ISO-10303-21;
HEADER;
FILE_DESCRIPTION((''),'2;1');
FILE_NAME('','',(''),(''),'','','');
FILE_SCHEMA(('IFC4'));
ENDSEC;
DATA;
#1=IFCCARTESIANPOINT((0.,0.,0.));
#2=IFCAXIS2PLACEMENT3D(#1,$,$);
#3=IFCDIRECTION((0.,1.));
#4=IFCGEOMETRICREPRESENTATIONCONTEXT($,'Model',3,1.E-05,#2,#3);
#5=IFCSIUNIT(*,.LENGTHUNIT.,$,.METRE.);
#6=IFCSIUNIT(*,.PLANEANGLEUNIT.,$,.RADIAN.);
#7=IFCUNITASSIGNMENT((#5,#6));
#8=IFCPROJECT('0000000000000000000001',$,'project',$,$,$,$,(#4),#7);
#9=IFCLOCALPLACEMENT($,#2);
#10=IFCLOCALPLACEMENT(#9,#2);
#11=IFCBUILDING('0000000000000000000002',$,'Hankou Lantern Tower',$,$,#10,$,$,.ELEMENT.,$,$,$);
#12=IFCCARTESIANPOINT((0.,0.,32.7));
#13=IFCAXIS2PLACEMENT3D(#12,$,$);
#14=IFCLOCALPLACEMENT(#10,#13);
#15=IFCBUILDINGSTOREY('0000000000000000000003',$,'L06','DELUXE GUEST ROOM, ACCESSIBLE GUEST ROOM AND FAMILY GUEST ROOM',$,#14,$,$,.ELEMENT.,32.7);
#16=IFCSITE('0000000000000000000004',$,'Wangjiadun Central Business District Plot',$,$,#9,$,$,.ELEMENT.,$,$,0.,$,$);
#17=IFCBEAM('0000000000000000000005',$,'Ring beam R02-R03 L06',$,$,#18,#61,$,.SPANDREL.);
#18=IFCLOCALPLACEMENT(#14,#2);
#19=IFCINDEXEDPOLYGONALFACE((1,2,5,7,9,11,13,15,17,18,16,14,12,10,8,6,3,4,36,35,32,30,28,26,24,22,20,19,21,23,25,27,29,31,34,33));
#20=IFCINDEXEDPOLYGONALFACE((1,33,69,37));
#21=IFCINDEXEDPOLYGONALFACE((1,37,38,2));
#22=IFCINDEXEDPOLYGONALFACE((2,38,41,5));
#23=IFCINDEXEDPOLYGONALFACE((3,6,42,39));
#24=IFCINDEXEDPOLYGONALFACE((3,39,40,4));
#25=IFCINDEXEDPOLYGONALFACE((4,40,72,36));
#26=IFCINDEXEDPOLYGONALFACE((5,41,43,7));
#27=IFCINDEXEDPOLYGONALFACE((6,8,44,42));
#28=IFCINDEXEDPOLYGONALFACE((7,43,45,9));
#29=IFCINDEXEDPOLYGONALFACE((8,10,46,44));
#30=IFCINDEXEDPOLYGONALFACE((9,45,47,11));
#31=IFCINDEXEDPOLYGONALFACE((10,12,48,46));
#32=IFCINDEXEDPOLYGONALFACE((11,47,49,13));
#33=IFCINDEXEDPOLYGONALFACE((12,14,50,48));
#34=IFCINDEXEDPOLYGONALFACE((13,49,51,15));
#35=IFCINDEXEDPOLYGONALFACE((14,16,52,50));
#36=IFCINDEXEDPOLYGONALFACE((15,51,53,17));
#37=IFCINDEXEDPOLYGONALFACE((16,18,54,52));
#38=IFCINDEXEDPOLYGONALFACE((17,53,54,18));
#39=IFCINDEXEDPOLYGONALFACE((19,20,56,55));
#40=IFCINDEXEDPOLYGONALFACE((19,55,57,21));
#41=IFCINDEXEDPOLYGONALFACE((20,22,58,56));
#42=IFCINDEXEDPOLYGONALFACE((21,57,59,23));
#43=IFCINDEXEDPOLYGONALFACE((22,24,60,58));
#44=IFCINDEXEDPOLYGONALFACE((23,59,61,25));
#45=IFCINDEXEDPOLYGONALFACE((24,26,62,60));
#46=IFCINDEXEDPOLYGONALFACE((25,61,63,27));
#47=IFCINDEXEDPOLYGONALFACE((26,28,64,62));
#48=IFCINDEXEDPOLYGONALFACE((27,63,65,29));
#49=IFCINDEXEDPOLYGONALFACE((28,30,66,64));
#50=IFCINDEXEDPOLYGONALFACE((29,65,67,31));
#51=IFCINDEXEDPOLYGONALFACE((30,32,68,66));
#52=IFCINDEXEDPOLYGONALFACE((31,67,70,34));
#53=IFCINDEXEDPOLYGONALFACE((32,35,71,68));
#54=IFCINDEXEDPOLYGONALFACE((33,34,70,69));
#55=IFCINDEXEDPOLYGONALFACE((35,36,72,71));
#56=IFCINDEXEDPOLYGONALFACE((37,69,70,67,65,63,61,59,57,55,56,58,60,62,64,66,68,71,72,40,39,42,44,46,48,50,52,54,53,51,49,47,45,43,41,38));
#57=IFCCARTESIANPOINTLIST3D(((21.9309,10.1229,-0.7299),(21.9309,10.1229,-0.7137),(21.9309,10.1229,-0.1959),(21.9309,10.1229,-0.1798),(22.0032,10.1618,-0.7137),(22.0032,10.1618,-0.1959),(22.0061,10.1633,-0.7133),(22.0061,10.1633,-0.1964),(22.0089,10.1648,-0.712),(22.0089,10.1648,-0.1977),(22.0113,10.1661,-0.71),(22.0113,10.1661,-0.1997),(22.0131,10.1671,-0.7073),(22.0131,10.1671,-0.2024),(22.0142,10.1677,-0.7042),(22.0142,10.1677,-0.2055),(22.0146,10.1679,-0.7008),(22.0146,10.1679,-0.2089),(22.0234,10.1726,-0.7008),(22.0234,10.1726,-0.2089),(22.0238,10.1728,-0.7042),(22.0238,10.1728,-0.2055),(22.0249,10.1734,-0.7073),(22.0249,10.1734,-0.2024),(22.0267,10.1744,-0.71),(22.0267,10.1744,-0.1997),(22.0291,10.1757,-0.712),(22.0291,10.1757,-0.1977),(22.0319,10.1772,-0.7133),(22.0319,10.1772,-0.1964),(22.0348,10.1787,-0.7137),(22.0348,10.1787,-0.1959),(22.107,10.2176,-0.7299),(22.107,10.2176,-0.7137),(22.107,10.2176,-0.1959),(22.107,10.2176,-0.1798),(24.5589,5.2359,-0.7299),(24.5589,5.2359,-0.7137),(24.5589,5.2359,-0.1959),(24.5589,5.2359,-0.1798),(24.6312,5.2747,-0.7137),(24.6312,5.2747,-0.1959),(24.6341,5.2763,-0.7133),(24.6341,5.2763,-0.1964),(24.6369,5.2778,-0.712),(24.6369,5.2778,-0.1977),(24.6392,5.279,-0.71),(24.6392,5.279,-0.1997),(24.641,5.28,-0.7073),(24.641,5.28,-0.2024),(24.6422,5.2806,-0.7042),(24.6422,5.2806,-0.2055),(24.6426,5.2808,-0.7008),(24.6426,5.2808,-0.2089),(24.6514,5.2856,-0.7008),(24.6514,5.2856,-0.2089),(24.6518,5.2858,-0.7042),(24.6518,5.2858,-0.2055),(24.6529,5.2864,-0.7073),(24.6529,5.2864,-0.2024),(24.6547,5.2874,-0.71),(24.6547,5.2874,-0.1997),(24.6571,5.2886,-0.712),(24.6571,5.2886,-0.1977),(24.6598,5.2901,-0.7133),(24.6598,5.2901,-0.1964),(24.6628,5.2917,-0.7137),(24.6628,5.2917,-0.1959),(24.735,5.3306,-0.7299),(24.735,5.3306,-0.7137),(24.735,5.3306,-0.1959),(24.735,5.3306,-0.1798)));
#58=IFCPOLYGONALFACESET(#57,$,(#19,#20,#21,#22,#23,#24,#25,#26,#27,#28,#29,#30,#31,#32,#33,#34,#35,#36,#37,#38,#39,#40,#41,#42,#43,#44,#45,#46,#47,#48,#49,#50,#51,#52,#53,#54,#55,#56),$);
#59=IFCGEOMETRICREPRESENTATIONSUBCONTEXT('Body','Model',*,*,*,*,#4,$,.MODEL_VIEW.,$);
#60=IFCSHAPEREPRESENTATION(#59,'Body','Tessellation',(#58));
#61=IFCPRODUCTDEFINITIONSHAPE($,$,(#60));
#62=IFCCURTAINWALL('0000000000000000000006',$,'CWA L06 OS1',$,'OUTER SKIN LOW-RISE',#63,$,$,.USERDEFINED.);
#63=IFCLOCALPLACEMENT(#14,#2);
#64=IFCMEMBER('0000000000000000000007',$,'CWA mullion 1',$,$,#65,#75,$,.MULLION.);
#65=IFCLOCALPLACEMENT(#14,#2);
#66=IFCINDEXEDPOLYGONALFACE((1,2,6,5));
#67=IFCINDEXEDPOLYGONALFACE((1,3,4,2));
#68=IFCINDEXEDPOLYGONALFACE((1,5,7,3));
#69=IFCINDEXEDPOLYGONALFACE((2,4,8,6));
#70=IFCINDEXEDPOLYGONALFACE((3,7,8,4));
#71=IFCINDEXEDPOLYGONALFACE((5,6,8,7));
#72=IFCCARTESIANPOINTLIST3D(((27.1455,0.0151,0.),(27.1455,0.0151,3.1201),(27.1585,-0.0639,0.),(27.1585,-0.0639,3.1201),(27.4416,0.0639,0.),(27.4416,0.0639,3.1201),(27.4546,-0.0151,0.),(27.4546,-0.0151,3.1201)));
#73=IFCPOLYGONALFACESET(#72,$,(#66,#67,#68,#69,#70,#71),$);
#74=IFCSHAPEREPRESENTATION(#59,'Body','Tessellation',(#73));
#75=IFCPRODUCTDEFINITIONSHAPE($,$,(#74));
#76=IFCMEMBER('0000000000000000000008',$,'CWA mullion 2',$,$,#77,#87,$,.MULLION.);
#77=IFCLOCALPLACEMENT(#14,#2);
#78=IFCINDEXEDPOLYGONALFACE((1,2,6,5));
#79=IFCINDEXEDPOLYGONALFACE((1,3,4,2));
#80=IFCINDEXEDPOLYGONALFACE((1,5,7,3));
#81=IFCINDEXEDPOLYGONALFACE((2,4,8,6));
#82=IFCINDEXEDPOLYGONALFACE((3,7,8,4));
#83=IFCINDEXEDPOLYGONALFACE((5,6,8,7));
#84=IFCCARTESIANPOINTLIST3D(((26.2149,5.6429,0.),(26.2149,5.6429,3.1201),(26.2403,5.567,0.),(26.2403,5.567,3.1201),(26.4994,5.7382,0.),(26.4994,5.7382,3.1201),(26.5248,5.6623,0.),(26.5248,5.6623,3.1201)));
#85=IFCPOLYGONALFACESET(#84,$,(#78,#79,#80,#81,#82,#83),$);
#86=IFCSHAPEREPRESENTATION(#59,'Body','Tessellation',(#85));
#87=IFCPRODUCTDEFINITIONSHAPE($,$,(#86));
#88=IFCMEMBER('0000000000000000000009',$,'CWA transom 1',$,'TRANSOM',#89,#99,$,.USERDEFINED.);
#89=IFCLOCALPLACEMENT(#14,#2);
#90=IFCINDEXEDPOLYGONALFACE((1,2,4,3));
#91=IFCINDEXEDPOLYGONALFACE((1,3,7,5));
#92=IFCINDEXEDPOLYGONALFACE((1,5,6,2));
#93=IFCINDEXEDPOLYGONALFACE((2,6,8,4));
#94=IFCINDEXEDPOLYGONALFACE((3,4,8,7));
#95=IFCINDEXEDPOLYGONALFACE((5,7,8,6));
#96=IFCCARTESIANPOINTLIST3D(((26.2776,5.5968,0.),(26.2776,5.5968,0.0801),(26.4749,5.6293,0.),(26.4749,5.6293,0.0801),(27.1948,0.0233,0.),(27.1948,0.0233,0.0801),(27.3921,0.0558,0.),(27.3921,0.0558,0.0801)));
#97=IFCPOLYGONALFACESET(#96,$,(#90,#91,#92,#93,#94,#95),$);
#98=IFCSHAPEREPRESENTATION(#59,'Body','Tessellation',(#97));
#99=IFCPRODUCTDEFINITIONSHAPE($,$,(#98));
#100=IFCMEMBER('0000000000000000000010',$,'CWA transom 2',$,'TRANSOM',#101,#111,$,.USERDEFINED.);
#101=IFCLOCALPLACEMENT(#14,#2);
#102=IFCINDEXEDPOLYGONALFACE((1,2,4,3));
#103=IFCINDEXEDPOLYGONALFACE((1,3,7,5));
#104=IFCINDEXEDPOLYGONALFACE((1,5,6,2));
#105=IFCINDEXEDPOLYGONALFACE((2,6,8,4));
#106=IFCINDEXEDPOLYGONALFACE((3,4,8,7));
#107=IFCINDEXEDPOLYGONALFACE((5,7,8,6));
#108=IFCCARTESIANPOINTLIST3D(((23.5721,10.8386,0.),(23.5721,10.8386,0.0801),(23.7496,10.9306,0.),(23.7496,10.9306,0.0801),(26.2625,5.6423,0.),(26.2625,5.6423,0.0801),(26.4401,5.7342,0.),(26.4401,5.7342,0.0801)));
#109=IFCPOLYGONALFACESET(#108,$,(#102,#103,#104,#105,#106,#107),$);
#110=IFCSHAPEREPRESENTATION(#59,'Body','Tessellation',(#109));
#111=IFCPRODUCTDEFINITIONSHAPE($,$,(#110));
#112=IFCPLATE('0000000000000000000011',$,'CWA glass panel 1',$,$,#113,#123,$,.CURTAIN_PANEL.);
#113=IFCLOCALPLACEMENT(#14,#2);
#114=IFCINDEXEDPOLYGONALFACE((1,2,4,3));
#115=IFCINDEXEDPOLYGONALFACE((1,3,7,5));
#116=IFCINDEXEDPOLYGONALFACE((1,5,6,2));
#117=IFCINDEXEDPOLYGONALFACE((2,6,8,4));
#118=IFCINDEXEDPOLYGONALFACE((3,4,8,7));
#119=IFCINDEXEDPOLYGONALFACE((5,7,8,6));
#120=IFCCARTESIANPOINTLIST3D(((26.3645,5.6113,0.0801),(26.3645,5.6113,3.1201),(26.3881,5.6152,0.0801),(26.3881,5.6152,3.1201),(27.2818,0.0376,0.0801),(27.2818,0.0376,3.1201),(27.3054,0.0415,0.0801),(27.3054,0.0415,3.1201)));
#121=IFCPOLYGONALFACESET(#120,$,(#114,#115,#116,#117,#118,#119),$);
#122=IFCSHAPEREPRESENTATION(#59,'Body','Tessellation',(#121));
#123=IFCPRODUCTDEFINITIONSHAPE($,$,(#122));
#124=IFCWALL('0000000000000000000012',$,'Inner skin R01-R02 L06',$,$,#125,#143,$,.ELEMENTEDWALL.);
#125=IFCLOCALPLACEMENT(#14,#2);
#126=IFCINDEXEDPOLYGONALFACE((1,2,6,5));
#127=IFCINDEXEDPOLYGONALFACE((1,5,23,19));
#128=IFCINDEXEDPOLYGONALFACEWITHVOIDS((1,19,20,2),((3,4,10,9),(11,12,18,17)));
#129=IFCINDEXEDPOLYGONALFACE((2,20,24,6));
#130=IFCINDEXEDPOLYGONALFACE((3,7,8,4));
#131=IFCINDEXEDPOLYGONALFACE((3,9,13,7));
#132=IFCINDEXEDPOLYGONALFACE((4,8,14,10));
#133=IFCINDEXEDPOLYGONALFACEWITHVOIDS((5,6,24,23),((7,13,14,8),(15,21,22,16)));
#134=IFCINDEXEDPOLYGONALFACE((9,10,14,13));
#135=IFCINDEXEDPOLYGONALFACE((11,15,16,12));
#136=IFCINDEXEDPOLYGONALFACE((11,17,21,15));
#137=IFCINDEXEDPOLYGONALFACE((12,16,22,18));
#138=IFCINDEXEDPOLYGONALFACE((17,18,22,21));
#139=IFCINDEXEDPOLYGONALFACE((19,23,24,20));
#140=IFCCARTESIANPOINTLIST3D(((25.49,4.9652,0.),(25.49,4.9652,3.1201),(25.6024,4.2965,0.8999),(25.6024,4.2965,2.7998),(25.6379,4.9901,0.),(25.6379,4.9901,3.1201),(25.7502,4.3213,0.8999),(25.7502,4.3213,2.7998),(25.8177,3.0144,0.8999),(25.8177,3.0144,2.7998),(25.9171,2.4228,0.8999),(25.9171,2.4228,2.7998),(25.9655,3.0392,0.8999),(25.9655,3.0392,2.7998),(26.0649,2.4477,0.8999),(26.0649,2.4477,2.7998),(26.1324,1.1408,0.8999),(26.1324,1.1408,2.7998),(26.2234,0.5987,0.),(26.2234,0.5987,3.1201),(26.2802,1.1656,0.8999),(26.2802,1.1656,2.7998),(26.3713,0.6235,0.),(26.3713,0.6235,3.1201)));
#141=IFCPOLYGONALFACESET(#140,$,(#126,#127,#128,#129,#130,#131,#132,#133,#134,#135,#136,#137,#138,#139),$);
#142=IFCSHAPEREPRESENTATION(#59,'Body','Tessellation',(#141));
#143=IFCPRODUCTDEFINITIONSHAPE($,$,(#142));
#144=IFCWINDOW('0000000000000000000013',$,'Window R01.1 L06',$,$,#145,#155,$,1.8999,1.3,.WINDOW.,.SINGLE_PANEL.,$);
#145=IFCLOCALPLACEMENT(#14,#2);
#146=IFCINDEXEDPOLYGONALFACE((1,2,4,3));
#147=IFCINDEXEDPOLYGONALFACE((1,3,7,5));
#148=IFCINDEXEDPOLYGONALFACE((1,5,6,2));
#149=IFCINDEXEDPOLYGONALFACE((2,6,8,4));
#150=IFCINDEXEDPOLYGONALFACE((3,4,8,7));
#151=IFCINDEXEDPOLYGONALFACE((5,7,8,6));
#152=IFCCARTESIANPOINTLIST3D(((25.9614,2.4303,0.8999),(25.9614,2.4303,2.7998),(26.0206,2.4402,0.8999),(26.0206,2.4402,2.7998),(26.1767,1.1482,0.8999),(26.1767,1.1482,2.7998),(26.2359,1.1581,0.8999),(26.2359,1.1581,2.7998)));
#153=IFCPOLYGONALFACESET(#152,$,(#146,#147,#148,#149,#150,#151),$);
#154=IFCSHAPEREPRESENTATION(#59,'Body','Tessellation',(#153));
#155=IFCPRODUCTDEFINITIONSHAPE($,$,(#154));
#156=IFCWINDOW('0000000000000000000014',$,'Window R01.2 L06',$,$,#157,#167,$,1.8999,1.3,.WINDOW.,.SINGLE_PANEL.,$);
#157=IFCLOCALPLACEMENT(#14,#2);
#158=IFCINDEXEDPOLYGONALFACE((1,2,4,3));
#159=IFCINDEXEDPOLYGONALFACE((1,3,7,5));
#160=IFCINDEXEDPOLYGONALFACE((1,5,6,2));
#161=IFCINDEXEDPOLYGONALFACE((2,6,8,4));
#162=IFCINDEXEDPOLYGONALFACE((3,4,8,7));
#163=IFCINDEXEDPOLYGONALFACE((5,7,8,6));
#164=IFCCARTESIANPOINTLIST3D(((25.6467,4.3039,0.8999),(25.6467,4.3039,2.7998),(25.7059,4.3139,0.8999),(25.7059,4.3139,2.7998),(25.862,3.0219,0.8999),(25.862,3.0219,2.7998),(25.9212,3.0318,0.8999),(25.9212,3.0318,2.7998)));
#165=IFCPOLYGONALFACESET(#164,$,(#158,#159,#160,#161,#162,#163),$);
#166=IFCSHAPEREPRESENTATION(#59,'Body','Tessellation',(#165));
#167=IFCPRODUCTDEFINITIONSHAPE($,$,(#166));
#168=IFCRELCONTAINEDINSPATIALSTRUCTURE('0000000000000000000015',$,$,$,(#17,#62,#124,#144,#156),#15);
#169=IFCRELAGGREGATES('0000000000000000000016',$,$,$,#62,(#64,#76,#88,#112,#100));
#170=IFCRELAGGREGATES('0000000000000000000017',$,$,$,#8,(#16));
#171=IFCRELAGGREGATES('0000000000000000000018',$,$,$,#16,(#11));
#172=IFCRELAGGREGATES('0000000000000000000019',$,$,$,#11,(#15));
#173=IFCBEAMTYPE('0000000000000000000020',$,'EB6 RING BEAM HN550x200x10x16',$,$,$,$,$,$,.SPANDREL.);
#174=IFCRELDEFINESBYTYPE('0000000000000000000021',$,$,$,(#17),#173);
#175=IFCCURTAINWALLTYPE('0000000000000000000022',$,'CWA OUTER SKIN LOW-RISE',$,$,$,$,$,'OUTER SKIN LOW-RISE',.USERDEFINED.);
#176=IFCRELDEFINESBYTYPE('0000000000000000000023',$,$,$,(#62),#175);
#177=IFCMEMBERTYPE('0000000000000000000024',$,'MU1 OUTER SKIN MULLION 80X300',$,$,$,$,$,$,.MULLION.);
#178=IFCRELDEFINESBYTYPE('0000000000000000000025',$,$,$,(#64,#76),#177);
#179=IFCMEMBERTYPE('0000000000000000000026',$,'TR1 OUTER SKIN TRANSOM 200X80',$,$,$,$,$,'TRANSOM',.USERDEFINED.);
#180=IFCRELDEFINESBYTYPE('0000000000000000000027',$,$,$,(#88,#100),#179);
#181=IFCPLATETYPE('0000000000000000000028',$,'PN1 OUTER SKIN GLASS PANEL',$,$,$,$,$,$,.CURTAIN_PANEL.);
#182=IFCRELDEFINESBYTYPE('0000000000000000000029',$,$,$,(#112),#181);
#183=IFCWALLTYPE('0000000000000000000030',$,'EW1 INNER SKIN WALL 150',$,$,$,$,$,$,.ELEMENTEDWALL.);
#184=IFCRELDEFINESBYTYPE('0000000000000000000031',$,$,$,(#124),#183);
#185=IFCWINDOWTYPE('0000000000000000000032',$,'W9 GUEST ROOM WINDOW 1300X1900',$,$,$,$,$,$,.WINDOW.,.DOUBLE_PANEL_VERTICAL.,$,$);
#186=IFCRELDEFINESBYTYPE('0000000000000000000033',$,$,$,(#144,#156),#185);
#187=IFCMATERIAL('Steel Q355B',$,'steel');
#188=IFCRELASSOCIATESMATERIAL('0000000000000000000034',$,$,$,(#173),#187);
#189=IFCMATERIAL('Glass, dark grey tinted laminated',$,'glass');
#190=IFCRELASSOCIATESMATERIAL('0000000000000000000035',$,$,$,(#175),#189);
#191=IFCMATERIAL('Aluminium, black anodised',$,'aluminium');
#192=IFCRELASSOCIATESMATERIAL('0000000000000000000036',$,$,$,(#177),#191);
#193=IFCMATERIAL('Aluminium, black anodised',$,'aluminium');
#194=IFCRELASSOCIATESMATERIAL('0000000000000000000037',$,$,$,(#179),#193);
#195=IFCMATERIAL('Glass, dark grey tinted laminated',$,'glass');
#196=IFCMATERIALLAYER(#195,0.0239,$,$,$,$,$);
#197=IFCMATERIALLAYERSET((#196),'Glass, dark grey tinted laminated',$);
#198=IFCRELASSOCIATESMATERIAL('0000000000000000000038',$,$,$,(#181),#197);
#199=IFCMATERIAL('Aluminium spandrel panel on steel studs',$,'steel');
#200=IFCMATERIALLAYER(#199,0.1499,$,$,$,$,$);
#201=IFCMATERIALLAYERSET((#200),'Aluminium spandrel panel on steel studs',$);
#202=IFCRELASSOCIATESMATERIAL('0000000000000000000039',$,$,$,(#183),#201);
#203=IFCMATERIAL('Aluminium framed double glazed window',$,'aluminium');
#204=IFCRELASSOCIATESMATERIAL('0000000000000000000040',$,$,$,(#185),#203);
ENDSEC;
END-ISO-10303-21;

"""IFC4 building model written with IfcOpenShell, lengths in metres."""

from ifc_helpers import new_model, si_unit, direction, frame, frame_2d, origin, origin_2d, place, context, subcontext, project, spatial, rectangle, i_section, extrude, material, layer, layer_set, material_profile, profile_set, type_object, element, fill, aggregate, save


model = new_model("IFC4")

# Units and contexts
model_context = context("Model", 3, precision=1e-05, world=origin(), true_north=direction((0.0, 1.0)))
body_context = subcontext(model_context, "Body", "Model", "MODEL_VIEW")
ifc_project = project(units=[si_unit("LENGTHUNIT", "METRE"), si_unit("PLANEANGLEUNIT", "RADIAN")], contexts=[model_context])

# Site, building, storey
site_placement = place(None, origin())
site = spatial("IfcSite", under=ifc_project, at=site_placement, Name="Wangjiadun Central Business District Plot", CompositionType="ELEMENT", RefElevation=0.0)
building_placement = place(site_placement, origin())
building = spatial("IfcBuilding", under=site, at=building_placement, Name="Hankou Lantern Tower", CompositionType="ELEMENT")
storey_placement = place(building_placement, frame((0.0, 0.0, 32.7)))
storey = spatial("IfcBuildingStorey", under=building, at=storey_placement, Name="L06", Description="DELUXE GUEST ROOM, ACCESSIBLE GUEST ROOM AND FAMILY GUEST ROOM", CompositionType="ELEMENT", Elevation=32.7)

# Beam
ifc_material_1 = material(Name="Steel Q355B", Category="steel")
ifc_material_profile_1 = material_profile(ifc_material_1, i_section(OverallWidth=0.2, OverallDepth=0.55, WebThickness=0.01, FlangeThickness=0.0161, FilletRadius=0.0129, at=origin_2d()), Name="HN550x200x10x16")
ifc_profile_set_1 = profile_set([ifc_material_profile_1], Name="Steel Q355B")
beam_type = type_object("IfcBeamType", Name="EB6 RING BEAM HN550x200x10x16", PredefinedType="SPANDREL", material=ifc_profile_set_1)
beam_1_placement = place(storey_placement, frame((24.647, 5.2832, -0.4548), z_axis=(-0.473609, 0.880735, 0.0), x_axis=(-0.880735, -0.473609, 0.0)))
element("IfcBeam", 1, at=beam_1_placement, inside=storey, type_object=beam_type, Name="Ring beam R02-R03 L06", PredefinedType="SPANDREL", context=body_context, shape_type="SweptSolid", body=[
    extrude(i_section(OverallWidth=0.2, OverallDepth=0.55, WebThickness=0.01, FlangeThickness=0.0161, FilletRadius=0.0129, at=origin_2d()), origin(), (0.0, 0.0, 1.0), 5.5488),
])

# Curtain wall, members, plate
ifc_material_2 = material(Name="Glass, dark grey tinted laminated", Category="glass")
curtain_wall_type = type_object("IfcCurtainWallType", Name="CWA OUTER SKIN LOW-RISE", ElementType="OUTER SKIN LOW-RISE", PredefinedType="USERDEFINED", material=ifc_material_2)
curtain_wall_placement = place(storey_placement, origin())
curtain_wall = element("IfcCurtainWall", 2, at=curtain_wall_placement, inside=storey, type_object=curtain_wall_type, Name="CWA L06 OS1", ObjectType="OUTER SKIN LOW-RISE", PredefinedType="USERDEFINED")
ifc_material_3 = material(Name="Aluminium, black anodised", Category="aluminium")
ifc_material_profile_2 = material_profile(ifc_material_3, rectangle(XDim=0.0801, YDim=0.3, at=origin_2d()), Name="MU1 80X300")
ifc_profile_set_2 = profile_set([ifc_material_profile_2], Name="Aluminium, black anodised")
member_type_1 = type_object("IfcMemberType", Name="MU1 OUTER SKIN MULLION 80X300", PredefinedType="MULLION", material=ifc_profile_set_2)
member_1_placement = place(storey_placement, frame((27.3, 0.0, 0.0), z_axis=(0.0, 0.0, 1.0), x_axis=(-0.162382, 0.986728, 0.0)))
member_1 = element("IfcMember", 3, at=member_1_placement, type_object=member_type_1, Name="CWA mullion 1", PredefinedType="MULLION", context=body_context, shape_type="SweptSolid", body=[
    extrude(rectangle(XDim=0.0801, YDim=0.3, at=origin_2d()), origin(), (0.0, 0.0, 1.0), 3.1201),
])
member_2_placement = place(storey_placement, frame((26.3699, 5.6526, 0.0), z_axis=(0.0, 0.0, 1.0), x_axis=(-0.317596, 0.948226, 0.0)))
member_2 = element("IfcMember", 4, at=member_2_placement, type_object=member_type_1, Name="CWA mullion 2", PredefinedType="MULLION", context=body_context, shape_type="SweptSolid", body=[
    extrude(rectangle(XDim=0.0801, YDim=0.3, at=origin_2d()), origin(), (0.0, 0.0, 1.0), 3.1201),
])
ifc_material_4 = material(Name="Aluminium, black anodised", Category="aluminium")
ifc_material_profile_3 = material_profile(ifc_material_4, rectangle(XDim=0.2, YDim=0.0801, at=origin_2d()), Name="TR1 200X80")
ifc_profile_set_3 = profile_set([ifc_material_profile_3], Name="Aluminium, black anodised")
member_type_2 = type_object("IfcMemberType", Name="TR1 OUTER SKIN TRANSOM 200X80", ElementType="TRANSOM", PredefinedType="USERDEFINED", material=ifc_profile_set_3)
member_3_placement = place(storey_placement, frame((27.2935, 0.0396, 0.04), z_axis=(-0.162387, 0.986727, 0.0), x_axis=(-0.986727, -0.162387, 0.0)))
member_3 = element("IfcMember", 5, at=member_3_placement, type_object=member_type_2, Name="CWA transom 1", ObjectType="TRANSOM", PredefinedType="USERDEFINED", context=body_context, shape_type="SweptSolid", body=[
    extrude(rectangle(XDim=0.2, YDim=0.0801, at=origin_2d()), origin(), (0.0, 0.0, 1.0), 5.6484),
])
member_4_placement = place(storey_placement, frame((26.3513, 5.6882, 0.04), z_axis=(-0.459786, 0.88803, 0.0), x_axis=(-0.88803, -0.459786, 0.0)))
member_4 = element("IfcMember", 6, at=member_4_placement, type_object=member_type_2, Name="CWA transom 2", ObjectType="TRANSOM", PredefinedType="USERDEFINED", context=body_context, shape_type="SweptSolid", body=[
    extrude(rectangle(XDim=0.2, YDim=0.0801, at=origin_2d()), origin(), (0.0, 0.0, 1.0), 5.8516),
])
ifc_material_5 = material(Name="Glass, dark grey tinted laminated", Category="glass")
ifc_layer_1 = layer(ifc_material_5, 0.0239)
ifc_layer_set_1 = layer_set([ifc_layer_1], Name="Glass, dark grey tinted laminated")
plate_type = type_object("IfcPlateType", Name="PN1 OUTER SKIN GLASS PANEL", PredefinedType="CURTAIN_PANEL", material=ifc_layer_set_1)
plate_placement = place(storey_placement, frame((26.835, 2.8264, 0.0801), z_axis=(0.0, 0.0, 1.0), x_axis=(-0.162382, 0.986728, 0.0)))
plate = element("IfcPlate", 7, at=plate_placement, type_object=plate_type, Name="CWA glass panel 1", PredefinedType="CURTAIN_PANEL", context=body_context, shape_type="SweptSolid", body=[
    extrude(rectangle(XDim=5.6487, YDim=0.0239, at=origin_2d()), origin(), (0.0, 0.0, 1.0), 3.04),
])
aggregate(curtain_wall, [member_1, member_2, member_3, plate, member_4])

# Wall, openings, windows
ifc_material_6 = material(Name="Aluminium spandrel panel on steel studs", Category="steel")
ifc_layer_2 = layer(ifc_material_6, 0.1499)
ifc_layer_set_2 = layer_set([ifc_layer_2], Name="Aluminium spandrel panel on steel studs")
wall_type_1 = type_object("IfcWallType", Name="EW1 INNER SKIN WALL 150", PredefinedType="ELEMENTEDWALL", material=ifc_layer_set_2)
wall_1_placement = place(storey_placement, frame((26.2974, 0.6111, 0.0), z_axis=(0.0, 0.0, 1.0), x_axis=(-0.165642, 0.986186, 0.0)))
wall_1 = element("IfcWall", 8, at=wall_1_placement, inside=storey, type_object=wall_type_1, Name="Inner skin R01-R02 L06", PredefinedType="ELEMENTEDWALL", context=body_context, shape_type="SweptSolid", body=[
    extrude(rectangle(XDim=4.4277, YDim=0.1499, at=frame_2d((2.2139, 0.0))), origin(), (0.0, 0.0, 1.0), 3.1201),
])
opening_1_placement = place(wall_1_placement, frame((0.5498, 0.0, 0.8999)))
opening_1 = element("IfcOpeningElement", 9, at=opening_1_placement, cuts=wall_1, PredefinedType="OPENING", context=body_context, shape_type="SweptSolid", body=[
    extrude(rectangle(XDim=1.3, YDim=1.8999, at=frame_2d((0.6499, 0.95))), frame((0.0, 0.085, 0.0), z_axis=(0.0, -1.0, 0.0), x_axis=(1.0, 0.0, 0.0)), (0.0, 0.0, 1.0), 0.1699),
])
opening_2_placement = place(wall_1_placement, frame((2.4497, 0.0, 0.8999)))
opening_2 = element("IfcOpeningElement", 10, at=opening_2_placement, cuts=wall_1, PredefinedType="OPENING", context=body_context, shape_type="SweptSolid", body=[
    extrude(rectangle(XDim=1.3, YDim=1.8999, at=frame_2d((0.6499, 0.95))), frame((0.0, 0.085, 0.0), z_axis=(0.0, -1.0, 0.0), x_axis=(1.0, 0.0, 0.0)), (0.0, 0.0, 1.0), 0.1699),
])
ifc_material_7 = material(Name="Aluminium framed double glazed window", Category="aluminium")
window_type = type_object("IfcWindowType", Name="W9 GUEST ROOM WINDOW 1300X1900", PartitioningType="DOUBLE_PANEL_VERTICAL", PredefinedType="WINDOW", material=ifc_material_7)
window_1_placement = place(opening_1_placement, origin())
window_1 = element("IfcWindow", 11, at=window_1_placement, inside=storey, type_object=window_type, Name="Window R01.1 L06", OverallHeight=1.8999, OverallWidth=1.3, PartitioningType="SINGLE_PANEL", PredefinedType="WINDOW", context=body_context, shape_type="SweptSolid", body=[
    extrude(rectangle(XDim=1.3, YDim=1.8999, at=frame_2d((0.6499, 0.95))), frame((0.0, 0.03, 0.0), z_axis=(0.0, -1.0, 0.0), x_axis=(1.0, 0.0, 0.0)), (0.0, 0.0, 1.0), 0.0601),
])
fill(opening_1, window_1)
window_2_placement = place(opening_2_placement, origin())
window_2 = element("IfcWindow", 12, at=window_2_placement, inside=storey, type_object=window_type, Name="Window R01.2 L06", OverallHeight=1.8999, OverallWidth=1.3, PartitioningType="SINGLE_PANEL", PredefinedType="WINDOW", context=body_context, shape_type="SweptSolid", body=[
    extrude(rectangle(XDim=1.3, YDim=1.8999, at=frame_2d((0.6499, 0.95))), frame((0.0, 0.03, 0.0), z_axis=(0.0, -1.0, 0.0), x_axis=(1.0, 0.0, 0.0)), (0.0, 0.0, 1.0), 0.0601),
])
fill(opening_2, window_2)

save(model, "model.ifc")
